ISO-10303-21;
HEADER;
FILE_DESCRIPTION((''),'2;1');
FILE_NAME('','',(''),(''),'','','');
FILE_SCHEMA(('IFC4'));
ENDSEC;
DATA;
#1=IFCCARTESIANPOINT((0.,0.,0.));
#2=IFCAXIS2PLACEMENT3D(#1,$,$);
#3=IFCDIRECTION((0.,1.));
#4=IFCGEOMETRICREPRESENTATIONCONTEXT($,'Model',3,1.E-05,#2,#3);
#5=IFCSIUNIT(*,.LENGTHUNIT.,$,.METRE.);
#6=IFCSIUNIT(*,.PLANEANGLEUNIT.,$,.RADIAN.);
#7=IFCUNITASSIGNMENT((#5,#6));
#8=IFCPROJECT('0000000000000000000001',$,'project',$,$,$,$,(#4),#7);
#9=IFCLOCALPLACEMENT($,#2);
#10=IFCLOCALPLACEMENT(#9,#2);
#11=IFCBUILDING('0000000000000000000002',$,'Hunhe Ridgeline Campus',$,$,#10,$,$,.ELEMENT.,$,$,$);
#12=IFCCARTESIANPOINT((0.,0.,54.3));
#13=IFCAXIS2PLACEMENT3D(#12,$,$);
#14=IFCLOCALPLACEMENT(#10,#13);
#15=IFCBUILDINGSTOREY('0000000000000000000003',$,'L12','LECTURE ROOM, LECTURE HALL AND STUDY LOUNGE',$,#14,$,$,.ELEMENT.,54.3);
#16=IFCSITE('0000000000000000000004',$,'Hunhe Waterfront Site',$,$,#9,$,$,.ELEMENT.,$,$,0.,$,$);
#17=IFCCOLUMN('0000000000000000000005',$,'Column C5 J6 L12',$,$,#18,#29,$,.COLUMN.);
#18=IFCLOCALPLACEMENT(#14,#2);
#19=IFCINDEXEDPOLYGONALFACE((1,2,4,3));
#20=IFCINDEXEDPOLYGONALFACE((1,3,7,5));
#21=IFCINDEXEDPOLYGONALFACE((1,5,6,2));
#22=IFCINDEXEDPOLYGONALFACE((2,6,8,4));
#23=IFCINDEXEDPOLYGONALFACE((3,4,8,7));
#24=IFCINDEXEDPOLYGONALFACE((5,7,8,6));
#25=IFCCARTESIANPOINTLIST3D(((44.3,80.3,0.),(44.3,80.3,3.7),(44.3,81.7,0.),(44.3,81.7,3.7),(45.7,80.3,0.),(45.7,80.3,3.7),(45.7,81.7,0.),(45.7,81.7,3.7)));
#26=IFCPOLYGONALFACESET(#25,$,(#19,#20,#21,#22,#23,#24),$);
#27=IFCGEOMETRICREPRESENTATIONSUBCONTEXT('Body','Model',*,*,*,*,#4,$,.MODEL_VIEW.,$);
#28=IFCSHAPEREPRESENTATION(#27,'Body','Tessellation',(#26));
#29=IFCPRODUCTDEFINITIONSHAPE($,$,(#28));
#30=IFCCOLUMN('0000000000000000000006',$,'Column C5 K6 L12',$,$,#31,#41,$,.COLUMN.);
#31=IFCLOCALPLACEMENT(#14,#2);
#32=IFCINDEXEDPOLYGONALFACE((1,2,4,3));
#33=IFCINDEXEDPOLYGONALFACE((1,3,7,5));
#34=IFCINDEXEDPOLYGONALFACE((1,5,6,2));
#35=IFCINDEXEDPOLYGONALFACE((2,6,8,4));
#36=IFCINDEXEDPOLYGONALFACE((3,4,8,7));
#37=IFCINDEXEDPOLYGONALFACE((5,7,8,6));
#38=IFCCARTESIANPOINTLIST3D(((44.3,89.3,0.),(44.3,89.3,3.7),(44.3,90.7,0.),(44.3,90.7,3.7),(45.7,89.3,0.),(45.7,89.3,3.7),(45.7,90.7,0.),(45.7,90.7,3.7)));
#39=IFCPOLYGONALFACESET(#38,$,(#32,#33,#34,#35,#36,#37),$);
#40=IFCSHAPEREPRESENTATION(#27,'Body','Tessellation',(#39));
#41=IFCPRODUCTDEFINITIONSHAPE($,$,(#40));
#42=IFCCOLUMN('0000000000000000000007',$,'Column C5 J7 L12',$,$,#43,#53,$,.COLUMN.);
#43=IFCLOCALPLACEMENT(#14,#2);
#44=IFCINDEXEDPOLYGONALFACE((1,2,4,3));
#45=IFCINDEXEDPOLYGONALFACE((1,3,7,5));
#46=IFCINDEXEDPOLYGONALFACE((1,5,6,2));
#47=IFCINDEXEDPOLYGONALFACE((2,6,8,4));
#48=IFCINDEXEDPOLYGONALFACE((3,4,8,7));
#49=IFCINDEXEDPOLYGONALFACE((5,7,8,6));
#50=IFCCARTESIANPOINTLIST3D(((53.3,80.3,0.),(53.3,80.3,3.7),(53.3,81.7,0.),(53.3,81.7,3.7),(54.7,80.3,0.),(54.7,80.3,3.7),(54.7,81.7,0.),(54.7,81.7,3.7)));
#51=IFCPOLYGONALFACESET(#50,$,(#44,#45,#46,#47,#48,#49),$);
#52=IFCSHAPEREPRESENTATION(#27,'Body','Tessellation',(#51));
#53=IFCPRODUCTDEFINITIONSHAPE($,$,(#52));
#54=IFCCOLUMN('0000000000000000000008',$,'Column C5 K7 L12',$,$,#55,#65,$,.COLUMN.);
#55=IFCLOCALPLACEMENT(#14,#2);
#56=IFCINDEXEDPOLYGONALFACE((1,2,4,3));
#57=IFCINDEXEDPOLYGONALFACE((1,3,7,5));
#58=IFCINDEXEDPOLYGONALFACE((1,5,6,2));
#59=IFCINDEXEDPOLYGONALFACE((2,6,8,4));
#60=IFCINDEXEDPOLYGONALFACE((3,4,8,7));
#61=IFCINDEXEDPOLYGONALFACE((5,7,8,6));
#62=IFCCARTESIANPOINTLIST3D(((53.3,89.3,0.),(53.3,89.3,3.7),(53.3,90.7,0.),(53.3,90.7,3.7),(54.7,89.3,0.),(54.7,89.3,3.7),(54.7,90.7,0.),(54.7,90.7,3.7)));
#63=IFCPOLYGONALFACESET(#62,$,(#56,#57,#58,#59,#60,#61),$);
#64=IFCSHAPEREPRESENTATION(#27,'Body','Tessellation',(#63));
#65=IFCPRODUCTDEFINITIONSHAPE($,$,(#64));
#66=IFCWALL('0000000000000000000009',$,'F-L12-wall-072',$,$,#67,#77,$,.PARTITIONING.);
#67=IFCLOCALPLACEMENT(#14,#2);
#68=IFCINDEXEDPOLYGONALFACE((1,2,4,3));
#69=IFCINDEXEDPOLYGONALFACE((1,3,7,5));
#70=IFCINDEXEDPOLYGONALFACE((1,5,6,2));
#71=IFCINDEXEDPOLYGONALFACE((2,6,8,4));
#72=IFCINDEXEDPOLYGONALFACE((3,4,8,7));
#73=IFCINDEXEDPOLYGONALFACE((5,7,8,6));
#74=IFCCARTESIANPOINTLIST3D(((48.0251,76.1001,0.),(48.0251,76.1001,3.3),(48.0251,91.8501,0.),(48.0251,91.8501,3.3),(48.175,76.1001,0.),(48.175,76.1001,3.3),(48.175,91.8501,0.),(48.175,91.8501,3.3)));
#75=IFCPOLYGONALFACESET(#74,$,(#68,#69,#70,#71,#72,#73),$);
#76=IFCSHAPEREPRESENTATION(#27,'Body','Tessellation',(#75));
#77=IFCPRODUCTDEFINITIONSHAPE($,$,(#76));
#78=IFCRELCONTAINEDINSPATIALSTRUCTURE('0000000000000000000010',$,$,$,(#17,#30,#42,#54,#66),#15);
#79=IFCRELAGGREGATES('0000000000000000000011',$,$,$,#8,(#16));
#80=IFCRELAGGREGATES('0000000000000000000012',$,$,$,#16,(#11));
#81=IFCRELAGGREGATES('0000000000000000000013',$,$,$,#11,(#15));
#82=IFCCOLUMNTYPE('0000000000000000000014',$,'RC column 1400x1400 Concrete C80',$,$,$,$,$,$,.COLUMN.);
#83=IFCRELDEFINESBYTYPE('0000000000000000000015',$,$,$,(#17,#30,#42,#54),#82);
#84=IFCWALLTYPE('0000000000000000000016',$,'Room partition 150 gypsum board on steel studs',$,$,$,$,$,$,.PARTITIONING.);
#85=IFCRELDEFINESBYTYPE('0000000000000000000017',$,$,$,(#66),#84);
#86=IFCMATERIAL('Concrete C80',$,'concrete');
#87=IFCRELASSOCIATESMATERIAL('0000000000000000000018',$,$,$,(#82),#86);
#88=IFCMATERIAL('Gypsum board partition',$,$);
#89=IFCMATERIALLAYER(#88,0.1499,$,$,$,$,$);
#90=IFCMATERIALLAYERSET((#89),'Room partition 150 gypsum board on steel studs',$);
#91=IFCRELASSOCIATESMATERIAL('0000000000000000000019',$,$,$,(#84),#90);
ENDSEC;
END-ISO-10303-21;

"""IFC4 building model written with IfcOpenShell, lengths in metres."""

from ifc_helpers import new_model, si_unit, direction, frame, frame_2d, origin, origin_2d, place, context, subcontext, project, spatial, rectangle, extrude, material, layer, layer_set, material_profile, profile_set, type_object, element, save


model = new_model("IFC4")

# Units and contexts
model_context = context("Model", 3, precision=1e-05, world=origin(), true_north=direction((0.0, 1.0)))
body_context = subcontext(model_context, "Body", "Model", "MODEL_VIEW")
ifc_project = project(units=[si_unit("LENGTHUNIT", "METRE"), si_unit("PLANEANGLEUNIT", "RADIAN")], contexts=[model_context])

# Site, building, storey
site_placement = place(None, origin())
site = spatial("IfcSite", under=ifc_project, at=site_placement, Name="Hunhe Waterfront Site", CompositionType="ELEMENT", RefElevation=0.0)
building_placement = place(site_placement, origin())
building = spatial("IfcBuilding", under=site, at=building_placement, Name="Hunhe Ridgeline Campus", CompositionType="ELEMENT")
storey_placement = place(building_placement, frame((0.0, 0.0, 54.3)))
storey = spatial("IfcBuildingStorey", under=building, at=storey_placement, Name="L12", Description="LECTURE ROOM, LECTURE HALL AND STUDY LOUNGE", CompositionType="ELEMENT", Elevation=54.3)

# Columns
ifc_material_1 = material(Name="Concrete C80", Category="concrete")
ifc_material_profile = material_profile(ifc_material_1, rectangle(XDim=1.3999, YDim=1.3999, at=origin_2d()))
ifc_profile_set = profile_set([ifc_material_profile], Name="Concrete C80")
column_type = type_object("IfcColumnType", Name="RC column 1400x1400 Concrete C80", PredefinedType="COLUMN", material=ifc_profile_set)
for number, where, z_axis, x_axis, name in (
    (1, (45.0, 81.0, 0.0), (0.0, 0.0, 1.0), (1.0, 0.0, 0.0), "Column C5 J6 L12"),
    (2, (45.0, 90.0, 0.0), (0.0, 0.0, 1.0), (1.0, 0.0, 0.0), "Column C5 K6 L12"),
    (3, (54.0, 81.0, 0.0), (0.0, 0.0, 1.0), (1.0, 0.0, 0.0), "Column C5 J7 L12"),
    (4, (54.0, 90.0, 0.0), (0.0, 0.0, 1.0), (1.0, 0.0, 0.0), "Column C5 K7 L12"),
):
    element("IfcColumn", number, at=place(storey_placement, frame(where, z_axis=z_axis, x_axis=x_axis)), inside=storey, type_object=column_type, Name=name, PredefinedType="COLUMN", context=body_context, shape_type="SweptSolid", body=[
        extrude(rectangle(XDim=1.3999, YDim=1.3999, at=origin_2d()), origin(), (0.0, 0.0, 1.0), 3.7),
    ])

# Shared definitions
ifc_material_2 = material(Name="Gypsum board partition")

# Wall
ifc_layer_1 = layer(ifc_material_2, 0.1499)
ifc_layer_set_1 = layer_set([ifc_layer_1], Name="Room partition 150 gypsum board on steel studs")
wall_type_1 = type_object("IfcWallType", Name="Room partition 150 gypsum board on steel studs", PredefinedType="PARTITIONING", material=ifc_layer_set_1)
wall_1_placement = place(storey_placement, frame((48.1001, 91.8501, 0.0), z_axis=(0.0, 0.0, 1.0), x_axis=(0.0, -1.0, 0.0)))
element("IfcWall", 5, at=wall_1_placement, inside=storey, type_object=wall_type_1, Name="F-L12-wall-072", PredefinedType="PARTITIONING", context=body_context, shape_type="SweptSolid", body=[
    extrude(rectangle(XDim=15.75, YDim=0.1499, at=frame_2d((7.875, 0.0))), origin(), (0.0, 0.0, 1.0), 3.3),
])

save(model, "model.ifc")
